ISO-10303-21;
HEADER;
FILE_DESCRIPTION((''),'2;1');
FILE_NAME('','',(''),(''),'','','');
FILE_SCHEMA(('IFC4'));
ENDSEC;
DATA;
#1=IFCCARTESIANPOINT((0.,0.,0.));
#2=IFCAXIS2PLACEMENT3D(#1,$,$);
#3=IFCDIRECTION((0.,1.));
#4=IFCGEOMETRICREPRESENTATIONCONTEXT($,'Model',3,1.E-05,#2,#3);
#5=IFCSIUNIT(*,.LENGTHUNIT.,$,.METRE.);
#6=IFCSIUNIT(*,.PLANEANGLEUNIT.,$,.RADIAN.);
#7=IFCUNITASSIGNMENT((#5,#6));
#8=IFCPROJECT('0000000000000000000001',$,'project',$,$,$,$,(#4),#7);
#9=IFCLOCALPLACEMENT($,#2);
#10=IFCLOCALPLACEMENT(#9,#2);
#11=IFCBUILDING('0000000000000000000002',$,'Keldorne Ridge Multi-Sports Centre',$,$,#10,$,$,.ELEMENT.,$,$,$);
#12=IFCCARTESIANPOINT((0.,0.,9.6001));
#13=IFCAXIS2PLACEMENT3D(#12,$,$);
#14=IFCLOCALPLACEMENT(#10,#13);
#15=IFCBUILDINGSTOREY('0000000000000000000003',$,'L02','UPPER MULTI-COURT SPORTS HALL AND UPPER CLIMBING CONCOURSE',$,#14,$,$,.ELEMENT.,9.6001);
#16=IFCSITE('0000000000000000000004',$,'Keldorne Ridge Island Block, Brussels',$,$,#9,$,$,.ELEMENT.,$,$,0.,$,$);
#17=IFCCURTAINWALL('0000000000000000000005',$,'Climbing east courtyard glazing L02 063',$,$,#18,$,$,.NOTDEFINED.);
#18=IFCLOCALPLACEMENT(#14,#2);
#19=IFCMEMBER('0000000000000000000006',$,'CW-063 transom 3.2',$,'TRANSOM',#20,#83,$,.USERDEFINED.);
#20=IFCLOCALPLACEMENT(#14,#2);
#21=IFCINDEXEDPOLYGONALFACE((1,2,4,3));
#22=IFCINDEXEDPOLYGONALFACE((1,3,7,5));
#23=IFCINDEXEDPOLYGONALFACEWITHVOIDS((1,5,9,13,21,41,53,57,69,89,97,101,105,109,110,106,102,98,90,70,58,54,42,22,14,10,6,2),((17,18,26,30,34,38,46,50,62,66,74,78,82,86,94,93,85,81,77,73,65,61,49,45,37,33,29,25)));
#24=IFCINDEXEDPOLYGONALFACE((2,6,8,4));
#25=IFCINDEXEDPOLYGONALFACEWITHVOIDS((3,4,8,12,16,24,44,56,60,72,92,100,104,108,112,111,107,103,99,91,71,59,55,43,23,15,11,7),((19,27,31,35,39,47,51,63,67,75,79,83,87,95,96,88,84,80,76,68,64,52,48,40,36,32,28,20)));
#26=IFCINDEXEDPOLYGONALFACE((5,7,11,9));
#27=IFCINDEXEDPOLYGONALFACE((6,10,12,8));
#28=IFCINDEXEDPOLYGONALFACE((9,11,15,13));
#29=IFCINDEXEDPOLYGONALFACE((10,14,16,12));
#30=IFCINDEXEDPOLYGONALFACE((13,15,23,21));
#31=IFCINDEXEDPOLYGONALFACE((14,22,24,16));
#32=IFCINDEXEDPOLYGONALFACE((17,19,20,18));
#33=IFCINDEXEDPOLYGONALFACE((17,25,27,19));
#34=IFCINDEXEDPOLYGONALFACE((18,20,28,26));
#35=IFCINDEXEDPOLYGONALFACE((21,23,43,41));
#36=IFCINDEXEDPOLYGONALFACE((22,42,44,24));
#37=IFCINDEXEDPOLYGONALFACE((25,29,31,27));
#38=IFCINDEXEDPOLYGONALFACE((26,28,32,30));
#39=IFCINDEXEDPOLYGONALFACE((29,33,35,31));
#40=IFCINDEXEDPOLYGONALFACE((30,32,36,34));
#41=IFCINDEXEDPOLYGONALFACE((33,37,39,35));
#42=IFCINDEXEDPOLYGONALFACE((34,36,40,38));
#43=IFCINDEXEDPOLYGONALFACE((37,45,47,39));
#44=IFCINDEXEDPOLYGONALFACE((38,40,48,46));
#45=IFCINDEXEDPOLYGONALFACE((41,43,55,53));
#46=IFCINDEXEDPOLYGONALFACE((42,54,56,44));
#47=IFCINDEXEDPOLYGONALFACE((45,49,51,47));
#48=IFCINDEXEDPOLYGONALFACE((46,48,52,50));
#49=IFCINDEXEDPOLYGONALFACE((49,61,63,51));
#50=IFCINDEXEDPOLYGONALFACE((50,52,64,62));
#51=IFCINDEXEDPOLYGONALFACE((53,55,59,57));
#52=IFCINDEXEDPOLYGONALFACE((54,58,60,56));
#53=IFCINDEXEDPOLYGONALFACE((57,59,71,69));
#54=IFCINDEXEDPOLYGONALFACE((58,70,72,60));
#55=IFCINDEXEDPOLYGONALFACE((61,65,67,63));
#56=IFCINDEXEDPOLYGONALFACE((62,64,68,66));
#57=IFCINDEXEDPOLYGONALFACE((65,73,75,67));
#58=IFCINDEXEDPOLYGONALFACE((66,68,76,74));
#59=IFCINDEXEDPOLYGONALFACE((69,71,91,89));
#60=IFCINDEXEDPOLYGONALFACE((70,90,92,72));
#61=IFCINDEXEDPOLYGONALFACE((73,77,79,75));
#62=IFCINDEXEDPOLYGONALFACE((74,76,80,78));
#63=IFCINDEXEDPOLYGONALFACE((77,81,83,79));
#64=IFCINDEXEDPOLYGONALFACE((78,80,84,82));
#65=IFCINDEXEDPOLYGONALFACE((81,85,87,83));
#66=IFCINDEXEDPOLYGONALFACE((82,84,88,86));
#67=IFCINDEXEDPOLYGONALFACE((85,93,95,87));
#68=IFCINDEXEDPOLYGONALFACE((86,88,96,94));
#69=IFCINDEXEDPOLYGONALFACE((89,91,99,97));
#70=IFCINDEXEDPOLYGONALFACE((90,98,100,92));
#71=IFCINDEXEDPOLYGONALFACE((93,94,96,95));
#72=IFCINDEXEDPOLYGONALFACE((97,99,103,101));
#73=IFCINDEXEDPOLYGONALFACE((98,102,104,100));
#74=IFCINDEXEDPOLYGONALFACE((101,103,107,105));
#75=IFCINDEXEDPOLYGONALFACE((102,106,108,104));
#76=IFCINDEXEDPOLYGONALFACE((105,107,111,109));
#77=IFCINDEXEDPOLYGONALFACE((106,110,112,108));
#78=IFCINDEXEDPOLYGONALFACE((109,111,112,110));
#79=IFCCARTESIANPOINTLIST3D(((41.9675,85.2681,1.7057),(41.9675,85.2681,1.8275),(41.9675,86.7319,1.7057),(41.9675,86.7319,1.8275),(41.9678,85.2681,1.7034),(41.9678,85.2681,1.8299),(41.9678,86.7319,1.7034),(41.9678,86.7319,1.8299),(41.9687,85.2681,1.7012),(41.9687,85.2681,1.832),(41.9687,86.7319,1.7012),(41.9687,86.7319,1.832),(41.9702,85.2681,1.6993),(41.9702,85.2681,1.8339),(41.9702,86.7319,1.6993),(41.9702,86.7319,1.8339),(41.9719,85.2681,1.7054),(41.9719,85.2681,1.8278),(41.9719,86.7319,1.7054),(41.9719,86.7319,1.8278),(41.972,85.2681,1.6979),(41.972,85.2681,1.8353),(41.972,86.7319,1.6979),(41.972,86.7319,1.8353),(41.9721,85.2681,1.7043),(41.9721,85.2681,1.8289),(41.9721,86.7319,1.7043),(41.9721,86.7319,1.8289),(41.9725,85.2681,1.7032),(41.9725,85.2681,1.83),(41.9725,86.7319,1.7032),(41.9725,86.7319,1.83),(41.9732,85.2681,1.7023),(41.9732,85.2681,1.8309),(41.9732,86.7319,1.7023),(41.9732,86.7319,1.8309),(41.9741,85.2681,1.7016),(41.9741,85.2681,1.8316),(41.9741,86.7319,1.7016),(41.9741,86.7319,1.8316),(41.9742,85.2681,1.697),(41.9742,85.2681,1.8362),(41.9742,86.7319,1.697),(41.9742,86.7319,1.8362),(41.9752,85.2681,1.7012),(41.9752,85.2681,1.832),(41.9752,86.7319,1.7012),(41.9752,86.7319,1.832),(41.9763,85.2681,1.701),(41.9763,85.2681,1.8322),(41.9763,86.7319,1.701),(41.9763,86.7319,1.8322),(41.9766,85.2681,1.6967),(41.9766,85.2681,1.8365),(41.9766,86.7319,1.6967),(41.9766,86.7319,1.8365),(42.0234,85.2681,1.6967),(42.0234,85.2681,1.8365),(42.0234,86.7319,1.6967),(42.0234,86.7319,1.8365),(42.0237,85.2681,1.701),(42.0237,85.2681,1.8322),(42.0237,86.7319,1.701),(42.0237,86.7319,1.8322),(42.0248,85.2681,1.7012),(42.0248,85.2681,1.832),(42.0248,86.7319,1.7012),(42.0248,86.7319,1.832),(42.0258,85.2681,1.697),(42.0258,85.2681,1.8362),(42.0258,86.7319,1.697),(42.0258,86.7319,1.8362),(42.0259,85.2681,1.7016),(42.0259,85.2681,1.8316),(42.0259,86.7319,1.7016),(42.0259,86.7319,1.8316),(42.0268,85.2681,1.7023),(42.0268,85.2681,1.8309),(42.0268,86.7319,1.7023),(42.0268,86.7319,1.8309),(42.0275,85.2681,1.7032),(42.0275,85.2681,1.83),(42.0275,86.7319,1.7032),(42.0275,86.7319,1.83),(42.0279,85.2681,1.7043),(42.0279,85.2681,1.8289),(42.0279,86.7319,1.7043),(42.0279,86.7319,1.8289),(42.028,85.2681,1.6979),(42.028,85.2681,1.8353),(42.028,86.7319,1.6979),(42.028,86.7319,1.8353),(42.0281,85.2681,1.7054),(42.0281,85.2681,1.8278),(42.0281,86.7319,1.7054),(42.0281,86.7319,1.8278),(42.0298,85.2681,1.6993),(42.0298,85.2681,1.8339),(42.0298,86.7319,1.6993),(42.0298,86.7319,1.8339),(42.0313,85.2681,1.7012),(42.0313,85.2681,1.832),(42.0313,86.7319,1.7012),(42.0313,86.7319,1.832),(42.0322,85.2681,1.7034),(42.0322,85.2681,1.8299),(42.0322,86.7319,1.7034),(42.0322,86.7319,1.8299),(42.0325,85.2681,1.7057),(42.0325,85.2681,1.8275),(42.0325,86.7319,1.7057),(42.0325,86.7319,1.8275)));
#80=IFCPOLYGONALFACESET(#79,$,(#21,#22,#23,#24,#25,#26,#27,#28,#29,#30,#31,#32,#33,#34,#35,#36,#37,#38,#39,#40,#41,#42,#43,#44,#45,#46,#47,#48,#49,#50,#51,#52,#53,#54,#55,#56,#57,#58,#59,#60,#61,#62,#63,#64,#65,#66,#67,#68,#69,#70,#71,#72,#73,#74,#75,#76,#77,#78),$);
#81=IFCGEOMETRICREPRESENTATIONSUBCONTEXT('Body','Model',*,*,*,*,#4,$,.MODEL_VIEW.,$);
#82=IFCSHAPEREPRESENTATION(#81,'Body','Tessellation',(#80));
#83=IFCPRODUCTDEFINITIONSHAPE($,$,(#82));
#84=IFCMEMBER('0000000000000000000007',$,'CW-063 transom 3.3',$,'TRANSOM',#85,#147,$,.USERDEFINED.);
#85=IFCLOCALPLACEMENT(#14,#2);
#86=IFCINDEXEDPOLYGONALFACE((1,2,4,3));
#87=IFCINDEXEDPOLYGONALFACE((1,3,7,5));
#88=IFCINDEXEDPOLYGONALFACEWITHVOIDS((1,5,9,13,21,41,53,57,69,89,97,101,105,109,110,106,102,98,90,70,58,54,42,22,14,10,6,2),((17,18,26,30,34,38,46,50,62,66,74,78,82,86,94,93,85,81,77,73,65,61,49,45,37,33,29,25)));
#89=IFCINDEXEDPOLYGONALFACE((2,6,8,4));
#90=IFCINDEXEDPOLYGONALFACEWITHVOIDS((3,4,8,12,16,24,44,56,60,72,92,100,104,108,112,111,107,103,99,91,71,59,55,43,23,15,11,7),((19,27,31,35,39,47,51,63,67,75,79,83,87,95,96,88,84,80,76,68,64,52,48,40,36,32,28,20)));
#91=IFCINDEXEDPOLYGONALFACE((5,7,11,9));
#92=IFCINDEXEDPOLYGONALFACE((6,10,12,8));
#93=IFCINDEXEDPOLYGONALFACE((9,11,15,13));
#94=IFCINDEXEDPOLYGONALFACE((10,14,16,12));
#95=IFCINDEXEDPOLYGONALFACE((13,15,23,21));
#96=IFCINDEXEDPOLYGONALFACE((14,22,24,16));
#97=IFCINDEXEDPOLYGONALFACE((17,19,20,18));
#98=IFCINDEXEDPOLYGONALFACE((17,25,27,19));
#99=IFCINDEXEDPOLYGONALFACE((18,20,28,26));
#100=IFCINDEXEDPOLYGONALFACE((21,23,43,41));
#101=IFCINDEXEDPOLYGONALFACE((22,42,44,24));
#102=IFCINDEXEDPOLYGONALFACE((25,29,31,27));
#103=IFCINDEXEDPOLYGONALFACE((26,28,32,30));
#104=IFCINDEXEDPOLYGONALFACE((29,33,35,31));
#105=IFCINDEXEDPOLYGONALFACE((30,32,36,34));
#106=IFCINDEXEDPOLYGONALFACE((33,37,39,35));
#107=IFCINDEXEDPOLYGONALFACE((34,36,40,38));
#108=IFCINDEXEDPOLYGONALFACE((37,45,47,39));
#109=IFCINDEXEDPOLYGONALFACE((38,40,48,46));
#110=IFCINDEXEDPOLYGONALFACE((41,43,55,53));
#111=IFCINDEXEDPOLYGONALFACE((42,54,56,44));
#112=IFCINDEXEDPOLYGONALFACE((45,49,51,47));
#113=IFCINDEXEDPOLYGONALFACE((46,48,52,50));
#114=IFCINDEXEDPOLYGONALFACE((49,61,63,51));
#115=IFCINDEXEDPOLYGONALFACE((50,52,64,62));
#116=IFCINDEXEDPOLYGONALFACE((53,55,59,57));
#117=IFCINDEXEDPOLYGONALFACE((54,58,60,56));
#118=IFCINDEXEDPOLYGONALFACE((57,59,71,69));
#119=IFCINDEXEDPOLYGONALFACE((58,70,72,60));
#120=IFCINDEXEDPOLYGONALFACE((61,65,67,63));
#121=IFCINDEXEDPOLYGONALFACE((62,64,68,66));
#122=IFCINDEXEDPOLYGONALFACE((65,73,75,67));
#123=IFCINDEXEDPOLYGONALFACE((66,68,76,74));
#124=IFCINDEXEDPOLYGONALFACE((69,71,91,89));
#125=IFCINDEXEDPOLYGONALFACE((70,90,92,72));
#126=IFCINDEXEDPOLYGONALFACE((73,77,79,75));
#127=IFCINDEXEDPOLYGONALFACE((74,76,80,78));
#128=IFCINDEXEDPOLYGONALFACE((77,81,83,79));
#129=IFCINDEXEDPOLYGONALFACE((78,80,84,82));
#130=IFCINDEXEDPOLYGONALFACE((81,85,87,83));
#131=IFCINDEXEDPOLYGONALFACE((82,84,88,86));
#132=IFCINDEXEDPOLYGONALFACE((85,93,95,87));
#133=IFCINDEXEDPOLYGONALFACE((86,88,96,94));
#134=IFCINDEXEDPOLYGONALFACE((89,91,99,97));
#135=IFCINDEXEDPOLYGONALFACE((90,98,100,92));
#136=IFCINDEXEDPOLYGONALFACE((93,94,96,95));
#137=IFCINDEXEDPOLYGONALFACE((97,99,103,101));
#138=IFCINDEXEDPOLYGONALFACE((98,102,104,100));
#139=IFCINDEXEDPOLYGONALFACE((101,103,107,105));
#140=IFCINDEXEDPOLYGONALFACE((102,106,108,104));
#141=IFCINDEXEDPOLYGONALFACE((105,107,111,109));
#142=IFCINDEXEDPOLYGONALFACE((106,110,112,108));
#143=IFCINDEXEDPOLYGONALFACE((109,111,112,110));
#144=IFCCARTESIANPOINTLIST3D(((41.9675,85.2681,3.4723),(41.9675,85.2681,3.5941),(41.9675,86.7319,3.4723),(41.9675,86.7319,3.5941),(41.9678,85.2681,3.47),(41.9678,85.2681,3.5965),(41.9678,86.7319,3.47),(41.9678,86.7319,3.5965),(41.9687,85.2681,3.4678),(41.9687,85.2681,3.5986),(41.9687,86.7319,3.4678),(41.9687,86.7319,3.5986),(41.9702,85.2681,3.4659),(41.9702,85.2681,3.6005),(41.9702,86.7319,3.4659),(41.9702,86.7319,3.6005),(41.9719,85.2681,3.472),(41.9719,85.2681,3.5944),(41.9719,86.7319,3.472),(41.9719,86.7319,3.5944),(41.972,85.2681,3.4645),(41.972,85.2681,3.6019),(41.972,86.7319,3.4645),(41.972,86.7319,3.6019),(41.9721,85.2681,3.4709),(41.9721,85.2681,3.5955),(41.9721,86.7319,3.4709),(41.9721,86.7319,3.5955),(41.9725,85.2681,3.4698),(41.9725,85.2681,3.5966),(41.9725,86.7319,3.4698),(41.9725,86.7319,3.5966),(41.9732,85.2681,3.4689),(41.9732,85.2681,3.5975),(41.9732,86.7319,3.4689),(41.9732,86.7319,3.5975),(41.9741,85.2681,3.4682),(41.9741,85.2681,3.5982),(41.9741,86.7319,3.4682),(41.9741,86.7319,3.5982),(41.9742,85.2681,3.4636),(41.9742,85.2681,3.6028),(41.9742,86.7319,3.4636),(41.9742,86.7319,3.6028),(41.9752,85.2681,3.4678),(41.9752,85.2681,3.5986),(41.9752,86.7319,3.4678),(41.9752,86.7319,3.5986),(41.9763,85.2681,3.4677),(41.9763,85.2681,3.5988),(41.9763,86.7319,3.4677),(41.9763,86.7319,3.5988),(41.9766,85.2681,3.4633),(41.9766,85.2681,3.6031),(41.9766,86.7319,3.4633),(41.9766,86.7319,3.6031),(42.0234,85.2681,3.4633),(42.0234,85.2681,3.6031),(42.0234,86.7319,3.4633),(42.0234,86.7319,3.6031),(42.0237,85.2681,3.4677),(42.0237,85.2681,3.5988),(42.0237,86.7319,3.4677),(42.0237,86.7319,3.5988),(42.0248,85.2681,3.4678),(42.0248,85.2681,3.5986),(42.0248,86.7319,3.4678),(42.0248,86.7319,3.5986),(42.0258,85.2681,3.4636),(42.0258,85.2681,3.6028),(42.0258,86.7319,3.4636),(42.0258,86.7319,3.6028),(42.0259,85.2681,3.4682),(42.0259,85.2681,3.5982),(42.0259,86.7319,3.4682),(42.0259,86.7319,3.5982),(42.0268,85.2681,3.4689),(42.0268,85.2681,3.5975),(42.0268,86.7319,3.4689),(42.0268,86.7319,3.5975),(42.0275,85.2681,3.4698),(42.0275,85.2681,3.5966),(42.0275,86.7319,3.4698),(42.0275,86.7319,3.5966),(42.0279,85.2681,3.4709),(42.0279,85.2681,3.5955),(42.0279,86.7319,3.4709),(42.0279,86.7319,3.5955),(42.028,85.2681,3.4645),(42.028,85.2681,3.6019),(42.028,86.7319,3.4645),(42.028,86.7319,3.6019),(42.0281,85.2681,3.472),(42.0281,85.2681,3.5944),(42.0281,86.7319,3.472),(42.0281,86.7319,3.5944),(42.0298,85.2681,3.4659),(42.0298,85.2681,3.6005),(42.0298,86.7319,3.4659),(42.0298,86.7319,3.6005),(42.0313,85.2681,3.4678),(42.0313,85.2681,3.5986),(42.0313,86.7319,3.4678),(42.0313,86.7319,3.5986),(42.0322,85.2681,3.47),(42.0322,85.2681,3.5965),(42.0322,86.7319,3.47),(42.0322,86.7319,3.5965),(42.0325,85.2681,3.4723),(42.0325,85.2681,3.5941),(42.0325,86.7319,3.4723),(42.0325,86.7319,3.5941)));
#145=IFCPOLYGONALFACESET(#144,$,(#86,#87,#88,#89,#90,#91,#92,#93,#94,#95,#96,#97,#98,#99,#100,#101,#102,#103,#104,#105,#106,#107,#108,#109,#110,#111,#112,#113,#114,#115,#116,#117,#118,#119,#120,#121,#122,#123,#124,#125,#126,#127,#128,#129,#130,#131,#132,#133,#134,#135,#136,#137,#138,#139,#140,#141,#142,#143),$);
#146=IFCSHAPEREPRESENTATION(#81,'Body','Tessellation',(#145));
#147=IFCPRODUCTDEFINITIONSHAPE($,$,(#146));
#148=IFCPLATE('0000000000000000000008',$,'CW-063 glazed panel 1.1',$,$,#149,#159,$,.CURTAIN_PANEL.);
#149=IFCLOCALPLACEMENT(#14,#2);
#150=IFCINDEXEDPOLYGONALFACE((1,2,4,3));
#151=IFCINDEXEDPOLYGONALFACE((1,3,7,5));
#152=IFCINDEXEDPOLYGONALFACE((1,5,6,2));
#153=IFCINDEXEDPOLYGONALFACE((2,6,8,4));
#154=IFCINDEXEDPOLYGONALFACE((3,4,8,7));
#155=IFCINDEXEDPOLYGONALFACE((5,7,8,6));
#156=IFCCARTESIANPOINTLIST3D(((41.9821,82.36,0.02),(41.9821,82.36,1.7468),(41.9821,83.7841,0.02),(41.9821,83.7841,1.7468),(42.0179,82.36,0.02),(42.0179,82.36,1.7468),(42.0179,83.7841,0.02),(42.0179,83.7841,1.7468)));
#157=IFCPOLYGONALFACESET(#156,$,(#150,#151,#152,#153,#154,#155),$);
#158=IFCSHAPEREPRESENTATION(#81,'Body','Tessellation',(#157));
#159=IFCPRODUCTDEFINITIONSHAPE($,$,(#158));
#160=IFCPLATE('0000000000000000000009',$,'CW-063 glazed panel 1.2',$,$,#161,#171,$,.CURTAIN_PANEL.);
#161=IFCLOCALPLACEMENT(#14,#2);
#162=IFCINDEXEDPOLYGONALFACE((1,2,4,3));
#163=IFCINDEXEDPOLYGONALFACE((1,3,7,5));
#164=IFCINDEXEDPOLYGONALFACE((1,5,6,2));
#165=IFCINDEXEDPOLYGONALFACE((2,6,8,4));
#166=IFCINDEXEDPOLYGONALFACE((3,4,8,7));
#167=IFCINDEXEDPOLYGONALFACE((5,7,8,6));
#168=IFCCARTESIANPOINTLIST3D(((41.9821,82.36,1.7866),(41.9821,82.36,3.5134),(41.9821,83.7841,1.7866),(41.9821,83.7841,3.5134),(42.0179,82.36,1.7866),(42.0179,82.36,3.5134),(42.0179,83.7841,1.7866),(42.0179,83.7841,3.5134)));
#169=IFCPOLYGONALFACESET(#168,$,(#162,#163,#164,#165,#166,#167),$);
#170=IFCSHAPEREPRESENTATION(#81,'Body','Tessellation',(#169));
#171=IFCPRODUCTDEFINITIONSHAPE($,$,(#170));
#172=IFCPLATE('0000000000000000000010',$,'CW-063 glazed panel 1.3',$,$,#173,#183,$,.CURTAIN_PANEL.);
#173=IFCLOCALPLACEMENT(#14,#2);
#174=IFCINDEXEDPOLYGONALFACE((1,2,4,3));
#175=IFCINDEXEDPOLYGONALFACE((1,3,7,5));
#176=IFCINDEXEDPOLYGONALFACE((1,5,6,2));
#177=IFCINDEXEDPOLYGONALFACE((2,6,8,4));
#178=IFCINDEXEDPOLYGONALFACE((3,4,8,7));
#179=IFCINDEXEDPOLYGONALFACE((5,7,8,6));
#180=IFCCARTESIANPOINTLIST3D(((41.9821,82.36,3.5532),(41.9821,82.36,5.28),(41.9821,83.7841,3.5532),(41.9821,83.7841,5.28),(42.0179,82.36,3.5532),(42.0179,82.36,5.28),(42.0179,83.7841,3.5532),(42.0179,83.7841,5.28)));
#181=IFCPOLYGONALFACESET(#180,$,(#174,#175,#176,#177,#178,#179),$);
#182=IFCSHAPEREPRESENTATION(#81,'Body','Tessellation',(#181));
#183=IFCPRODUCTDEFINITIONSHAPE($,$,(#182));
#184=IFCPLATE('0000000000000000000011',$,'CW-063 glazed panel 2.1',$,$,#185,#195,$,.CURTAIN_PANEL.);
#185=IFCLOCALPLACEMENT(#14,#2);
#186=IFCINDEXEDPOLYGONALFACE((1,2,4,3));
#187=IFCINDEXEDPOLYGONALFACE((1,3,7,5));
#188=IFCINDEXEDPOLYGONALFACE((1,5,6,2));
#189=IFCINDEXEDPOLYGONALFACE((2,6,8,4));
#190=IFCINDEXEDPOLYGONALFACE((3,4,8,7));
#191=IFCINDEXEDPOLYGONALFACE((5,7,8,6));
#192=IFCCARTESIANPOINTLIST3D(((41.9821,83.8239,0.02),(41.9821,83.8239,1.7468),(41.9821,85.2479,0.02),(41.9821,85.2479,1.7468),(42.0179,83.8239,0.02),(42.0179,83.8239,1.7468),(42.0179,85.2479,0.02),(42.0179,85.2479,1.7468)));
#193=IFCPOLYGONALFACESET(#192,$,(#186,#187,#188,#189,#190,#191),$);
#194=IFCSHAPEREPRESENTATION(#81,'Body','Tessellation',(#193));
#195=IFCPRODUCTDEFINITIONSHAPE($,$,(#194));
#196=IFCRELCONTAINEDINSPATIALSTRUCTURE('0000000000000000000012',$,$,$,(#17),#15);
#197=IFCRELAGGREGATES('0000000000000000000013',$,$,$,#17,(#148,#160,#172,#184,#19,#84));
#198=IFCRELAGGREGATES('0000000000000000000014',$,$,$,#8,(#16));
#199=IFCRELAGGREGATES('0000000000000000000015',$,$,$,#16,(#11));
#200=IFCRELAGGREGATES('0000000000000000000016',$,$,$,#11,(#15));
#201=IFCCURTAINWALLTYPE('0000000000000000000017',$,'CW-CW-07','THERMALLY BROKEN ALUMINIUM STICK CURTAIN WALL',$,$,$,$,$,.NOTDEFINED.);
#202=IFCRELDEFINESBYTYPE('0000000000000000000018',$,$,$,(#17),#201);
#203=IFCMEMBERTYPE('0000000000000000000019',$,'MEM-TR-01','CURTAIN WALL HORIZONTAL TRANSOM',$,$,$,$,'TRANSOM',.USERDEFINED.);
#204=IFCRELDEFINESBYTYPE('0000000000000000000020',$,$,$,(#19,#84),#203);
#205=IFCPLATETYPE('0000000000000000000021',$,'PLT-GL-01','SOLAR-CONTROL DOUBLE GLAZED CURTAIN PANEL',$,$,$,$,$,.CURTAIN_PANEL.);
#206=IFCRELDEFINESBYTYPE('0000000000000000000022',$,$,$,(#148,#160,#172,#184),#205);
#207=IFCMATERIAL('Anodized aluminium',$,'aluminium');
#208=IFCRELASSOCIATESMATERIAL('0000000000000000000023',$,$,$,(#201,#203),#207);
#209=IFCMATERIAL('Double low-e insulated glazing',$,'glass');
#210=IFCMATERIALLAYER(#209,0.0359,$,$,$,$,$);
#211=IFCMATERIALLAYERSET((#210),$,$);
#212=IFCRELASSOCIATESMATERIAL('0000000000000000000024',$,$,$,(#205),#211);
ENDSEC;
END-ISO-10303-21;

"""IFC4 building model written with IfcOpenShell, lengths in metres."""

from ifc_helpers import new_model, si_unit, direction, frame, origin, origin_2d, place, context, subcontext, project, spatial, rectangle, hollow_rectangle, extrude, material, layer, layer_set, material_profile, profile_set, type_object, element, aggregate, save


model = new_model("IFC4")

# Units and contexts
model_context = context("Model", 3, precision=1e-05, world=origin(), true_north=direction((0.0, 1.0)))
body_context = subcontext(model_context, "Body", "Model", "MODEL_VIEW")
ifc_project = project(units=[si_unit("LENGTHUNIT", "METRE"), si_unit("PLANEANGLEUNIT", "RADIAN")], contexts=[model_context])

# Site, building, storey
site_placement = place(None, origin())
site = spatial("IfcSite", under=ifc_project, at=site_placement, Name="Keldorne Ridge Island Block, Brussels", CompositionType="ELEMENT", RefElevation=0.0)
building_placement = place(site_placement, origin())
building = spatial("IfcBuilding", under=site, at=building_placement, Name="Keldorne Ridge Multi-Sports Centre", CompositionType="ELEMENT")
storey_placement = place(building_placement, frame((0.0, 0.0, 9.6001)))
storey = spatial("IfcBuildingStorey", under=building, at=storey_placement, Name="L02", Description="UPPER MULTI-COURT SPORTS HALL AND UPPER CLIMBING CONCOURSE", CompositionType="ELEMENT", Elevation=9.6001)

# Curtain wall, members, plates
ifc_material_1 = material(Name="Anodized aluminium", Category="aluminium")
curtain_wall_type = type_object("IfcCurtainWallType", Name="CW-CW-07", Description="THERMALLY BROKEN ALUMINIUM STICK CURTAIN WALL", PredefinedType="NOTDEFINED", material=ifc_material_1)
curtain_wall_placement = place(storey_placement, origin())
curtain_wall = element("IfcCurtainWall", 1, at=curtain_wall_placement, inside=storey, type_object=curtain_wall_type, Name="Climbing east courtyard glazing L02 063", PredefinedType="NOTDEFINED")
ifc_material_profile_1 = material_profile(ifc_material_1, hollow_rectangle(XDim=0.0649, YDim=0.1399, WallThickness=0.0044, InnerFilletRadius=0.0044, OuterFilletRadius=0.009, at=origin_2d()), Name="ALU TRANSOM 140x65x4.5")
ifc_profile_set_1 = profile_set([ifc_material_profile_1], Name="Anodized aluminium")
member_type_1 = type_object("IfcMemberType", Name="MEM-TR-01", Description="CURTAIN WALL HORIZONTAL TRANSOM", ElementType="TRANSOM", PredefinedType="USERDEFINED", material=ifc_profile_set_1)
member_1_placement = place(storey_placement, frame((42.0, 85.2681, 1.7666), z_axis=(0.0, 1.0, 0.0), x_axis=(-1.0, 0.0, 0.0)))
member_1 = element("IfcMember", 2, at=member_1_placement, type_object=member_type_1, Name="CW-063 transom 3.2", ObjectType="TRANSOM", PredefinedType="USERDEFINED", context=body_context, shape_type="SweptSolid", body=[
    extrude(hollow_rectangle(XDim=0.0649, YDim=0.1399, WallThickness=0.0044, InnerFilletRadius=0.0044, OuterFilletRadius=0.009, at=origin_2d()), origin(), (0.0, 0.0, 1.0), 1.4639),
])
member_2_placement = place(storey_placement, frame((42.0, 85.2681, 3.5332), z_axis=(0.0, 1.0, 0.0), x_axis=(-1.0, 0.0, 0.0)))
member_2 = element("IfcMember", 3, at=member_2_placement, type_object=member_type_1, Name="CW-063 transom 3.3", ObjectType="TRANSOM", PredefinedType="USERDEFINED", context=body_context, shape_type="SweptSolid", body=[
    extrude(hollow_rectangle(XDim=0.0649, YDim=0.1399, WallThickness=0.0044, InnerFilletRadius=0.0044, OuterFilletRadius=0.009, at=origin_2d()), origin(), (0.0, 0.0, 1.0), 1.4639),
])
ifc_material_2 = material(Name="Double low-e insulated glazing", Category="glass")
ifc_layer_1 = layer(ifc_material_2, 0.0359)
ifc_layer_set_1 = layer_set([ifc_layer_1])
plate_type = type_object("IfcPlateType", Name="PLT-GL-01", Description="SOLAR-CONTROL DOUBLE GLAZED CURTAIN PANEL", PredefinedType="CURTAIN_PANEL", material=ifc_layer_set_1)
plate_1_placement = place(storey_placement, frame((42.0, 83.072, 0.02), z_axis=(0.0, 0.0, 1.0), x_axis=(0.0, 1.0, 0.0)))
plate_1 = element("IfcPlate", 4, at=plate_1_placement, type_object=plate_type, Name="CW-063 glazed panel 1.1", PredefinedType="CURTAIN_PANEL", context=body_context, shape_type="SweptSolid", body=[
    extrude(rectangle(XDim=1.4241, YDim=0.0359, at=origin_2d()), origin(), (0.0, 0.0, 1.0), 1.7268),
])
plate_2_placement = place(storey_placement, frame((42.0, 83.072, 1.7866), z_axis=(0.0, 0.0, 1.0), x_axis=(0.0, 1.0, 0.0)))
plate_2 = element("IfcPlate", 5, at=plate_2_placement, type_object=plate_type, Name="CW-063 glazed panel 1.2", PredefinedType="CURTAIN_PANEL", context=body_context, shape_type="SweptSolid", body=[
    extrude(rectangle(XDim=1.4241, YDim=0.0359, at=origin_2d()), origin(), (0.0, 0.0, 1.0), 1.7268),
])
plate_3_placement = place(storey_placement, frame((42.0, 83.072, 3.5532), z_axis=(0.0, 0.0, 1.0), x_axis=(0.0, 1.0, 0.0)))
plate_3 = element("IfcPlate", 6, at=plate_3_placement, type_object=plate_type, Name="CW-063 glazed panel 1.3", PredefinedType="CURTAIN_PANEL", context=body_context, shape_type="SweptSolid", body=[
    extrude(rectangle(XDim=1.4241, YDim=0.0359, at=origin_2d()), origin(), (0.0, 0.0, 1.0), 1.7268),
])
plate_4_placement = place(storey_placement, frame((42.0, 84.5359, 0.02), z_axis=(0.0, 0.0, 1.0), x_axis=(0.0, 1.0, 0.0)))
plate_4 = element("IfcPlate", 7, at=plate_4_placement, type_object=plate_type, Name="CW-063 glazed panel 2.1", PredefinedType="CURTAIN_PANEL", context=body_context, shape_type="SweptSolid", body=[
    extrude(rectangle(XDim=1.4241, YDim=0.0359, at=origin_2d()), origin(), (0.0, 0.0, 1.0), 1.7268),
])
aggregate(curtain_wall, [plate_1, plate_2, plate_3, plate_4, member_1, member_2])

save(model, "model.ifc")
